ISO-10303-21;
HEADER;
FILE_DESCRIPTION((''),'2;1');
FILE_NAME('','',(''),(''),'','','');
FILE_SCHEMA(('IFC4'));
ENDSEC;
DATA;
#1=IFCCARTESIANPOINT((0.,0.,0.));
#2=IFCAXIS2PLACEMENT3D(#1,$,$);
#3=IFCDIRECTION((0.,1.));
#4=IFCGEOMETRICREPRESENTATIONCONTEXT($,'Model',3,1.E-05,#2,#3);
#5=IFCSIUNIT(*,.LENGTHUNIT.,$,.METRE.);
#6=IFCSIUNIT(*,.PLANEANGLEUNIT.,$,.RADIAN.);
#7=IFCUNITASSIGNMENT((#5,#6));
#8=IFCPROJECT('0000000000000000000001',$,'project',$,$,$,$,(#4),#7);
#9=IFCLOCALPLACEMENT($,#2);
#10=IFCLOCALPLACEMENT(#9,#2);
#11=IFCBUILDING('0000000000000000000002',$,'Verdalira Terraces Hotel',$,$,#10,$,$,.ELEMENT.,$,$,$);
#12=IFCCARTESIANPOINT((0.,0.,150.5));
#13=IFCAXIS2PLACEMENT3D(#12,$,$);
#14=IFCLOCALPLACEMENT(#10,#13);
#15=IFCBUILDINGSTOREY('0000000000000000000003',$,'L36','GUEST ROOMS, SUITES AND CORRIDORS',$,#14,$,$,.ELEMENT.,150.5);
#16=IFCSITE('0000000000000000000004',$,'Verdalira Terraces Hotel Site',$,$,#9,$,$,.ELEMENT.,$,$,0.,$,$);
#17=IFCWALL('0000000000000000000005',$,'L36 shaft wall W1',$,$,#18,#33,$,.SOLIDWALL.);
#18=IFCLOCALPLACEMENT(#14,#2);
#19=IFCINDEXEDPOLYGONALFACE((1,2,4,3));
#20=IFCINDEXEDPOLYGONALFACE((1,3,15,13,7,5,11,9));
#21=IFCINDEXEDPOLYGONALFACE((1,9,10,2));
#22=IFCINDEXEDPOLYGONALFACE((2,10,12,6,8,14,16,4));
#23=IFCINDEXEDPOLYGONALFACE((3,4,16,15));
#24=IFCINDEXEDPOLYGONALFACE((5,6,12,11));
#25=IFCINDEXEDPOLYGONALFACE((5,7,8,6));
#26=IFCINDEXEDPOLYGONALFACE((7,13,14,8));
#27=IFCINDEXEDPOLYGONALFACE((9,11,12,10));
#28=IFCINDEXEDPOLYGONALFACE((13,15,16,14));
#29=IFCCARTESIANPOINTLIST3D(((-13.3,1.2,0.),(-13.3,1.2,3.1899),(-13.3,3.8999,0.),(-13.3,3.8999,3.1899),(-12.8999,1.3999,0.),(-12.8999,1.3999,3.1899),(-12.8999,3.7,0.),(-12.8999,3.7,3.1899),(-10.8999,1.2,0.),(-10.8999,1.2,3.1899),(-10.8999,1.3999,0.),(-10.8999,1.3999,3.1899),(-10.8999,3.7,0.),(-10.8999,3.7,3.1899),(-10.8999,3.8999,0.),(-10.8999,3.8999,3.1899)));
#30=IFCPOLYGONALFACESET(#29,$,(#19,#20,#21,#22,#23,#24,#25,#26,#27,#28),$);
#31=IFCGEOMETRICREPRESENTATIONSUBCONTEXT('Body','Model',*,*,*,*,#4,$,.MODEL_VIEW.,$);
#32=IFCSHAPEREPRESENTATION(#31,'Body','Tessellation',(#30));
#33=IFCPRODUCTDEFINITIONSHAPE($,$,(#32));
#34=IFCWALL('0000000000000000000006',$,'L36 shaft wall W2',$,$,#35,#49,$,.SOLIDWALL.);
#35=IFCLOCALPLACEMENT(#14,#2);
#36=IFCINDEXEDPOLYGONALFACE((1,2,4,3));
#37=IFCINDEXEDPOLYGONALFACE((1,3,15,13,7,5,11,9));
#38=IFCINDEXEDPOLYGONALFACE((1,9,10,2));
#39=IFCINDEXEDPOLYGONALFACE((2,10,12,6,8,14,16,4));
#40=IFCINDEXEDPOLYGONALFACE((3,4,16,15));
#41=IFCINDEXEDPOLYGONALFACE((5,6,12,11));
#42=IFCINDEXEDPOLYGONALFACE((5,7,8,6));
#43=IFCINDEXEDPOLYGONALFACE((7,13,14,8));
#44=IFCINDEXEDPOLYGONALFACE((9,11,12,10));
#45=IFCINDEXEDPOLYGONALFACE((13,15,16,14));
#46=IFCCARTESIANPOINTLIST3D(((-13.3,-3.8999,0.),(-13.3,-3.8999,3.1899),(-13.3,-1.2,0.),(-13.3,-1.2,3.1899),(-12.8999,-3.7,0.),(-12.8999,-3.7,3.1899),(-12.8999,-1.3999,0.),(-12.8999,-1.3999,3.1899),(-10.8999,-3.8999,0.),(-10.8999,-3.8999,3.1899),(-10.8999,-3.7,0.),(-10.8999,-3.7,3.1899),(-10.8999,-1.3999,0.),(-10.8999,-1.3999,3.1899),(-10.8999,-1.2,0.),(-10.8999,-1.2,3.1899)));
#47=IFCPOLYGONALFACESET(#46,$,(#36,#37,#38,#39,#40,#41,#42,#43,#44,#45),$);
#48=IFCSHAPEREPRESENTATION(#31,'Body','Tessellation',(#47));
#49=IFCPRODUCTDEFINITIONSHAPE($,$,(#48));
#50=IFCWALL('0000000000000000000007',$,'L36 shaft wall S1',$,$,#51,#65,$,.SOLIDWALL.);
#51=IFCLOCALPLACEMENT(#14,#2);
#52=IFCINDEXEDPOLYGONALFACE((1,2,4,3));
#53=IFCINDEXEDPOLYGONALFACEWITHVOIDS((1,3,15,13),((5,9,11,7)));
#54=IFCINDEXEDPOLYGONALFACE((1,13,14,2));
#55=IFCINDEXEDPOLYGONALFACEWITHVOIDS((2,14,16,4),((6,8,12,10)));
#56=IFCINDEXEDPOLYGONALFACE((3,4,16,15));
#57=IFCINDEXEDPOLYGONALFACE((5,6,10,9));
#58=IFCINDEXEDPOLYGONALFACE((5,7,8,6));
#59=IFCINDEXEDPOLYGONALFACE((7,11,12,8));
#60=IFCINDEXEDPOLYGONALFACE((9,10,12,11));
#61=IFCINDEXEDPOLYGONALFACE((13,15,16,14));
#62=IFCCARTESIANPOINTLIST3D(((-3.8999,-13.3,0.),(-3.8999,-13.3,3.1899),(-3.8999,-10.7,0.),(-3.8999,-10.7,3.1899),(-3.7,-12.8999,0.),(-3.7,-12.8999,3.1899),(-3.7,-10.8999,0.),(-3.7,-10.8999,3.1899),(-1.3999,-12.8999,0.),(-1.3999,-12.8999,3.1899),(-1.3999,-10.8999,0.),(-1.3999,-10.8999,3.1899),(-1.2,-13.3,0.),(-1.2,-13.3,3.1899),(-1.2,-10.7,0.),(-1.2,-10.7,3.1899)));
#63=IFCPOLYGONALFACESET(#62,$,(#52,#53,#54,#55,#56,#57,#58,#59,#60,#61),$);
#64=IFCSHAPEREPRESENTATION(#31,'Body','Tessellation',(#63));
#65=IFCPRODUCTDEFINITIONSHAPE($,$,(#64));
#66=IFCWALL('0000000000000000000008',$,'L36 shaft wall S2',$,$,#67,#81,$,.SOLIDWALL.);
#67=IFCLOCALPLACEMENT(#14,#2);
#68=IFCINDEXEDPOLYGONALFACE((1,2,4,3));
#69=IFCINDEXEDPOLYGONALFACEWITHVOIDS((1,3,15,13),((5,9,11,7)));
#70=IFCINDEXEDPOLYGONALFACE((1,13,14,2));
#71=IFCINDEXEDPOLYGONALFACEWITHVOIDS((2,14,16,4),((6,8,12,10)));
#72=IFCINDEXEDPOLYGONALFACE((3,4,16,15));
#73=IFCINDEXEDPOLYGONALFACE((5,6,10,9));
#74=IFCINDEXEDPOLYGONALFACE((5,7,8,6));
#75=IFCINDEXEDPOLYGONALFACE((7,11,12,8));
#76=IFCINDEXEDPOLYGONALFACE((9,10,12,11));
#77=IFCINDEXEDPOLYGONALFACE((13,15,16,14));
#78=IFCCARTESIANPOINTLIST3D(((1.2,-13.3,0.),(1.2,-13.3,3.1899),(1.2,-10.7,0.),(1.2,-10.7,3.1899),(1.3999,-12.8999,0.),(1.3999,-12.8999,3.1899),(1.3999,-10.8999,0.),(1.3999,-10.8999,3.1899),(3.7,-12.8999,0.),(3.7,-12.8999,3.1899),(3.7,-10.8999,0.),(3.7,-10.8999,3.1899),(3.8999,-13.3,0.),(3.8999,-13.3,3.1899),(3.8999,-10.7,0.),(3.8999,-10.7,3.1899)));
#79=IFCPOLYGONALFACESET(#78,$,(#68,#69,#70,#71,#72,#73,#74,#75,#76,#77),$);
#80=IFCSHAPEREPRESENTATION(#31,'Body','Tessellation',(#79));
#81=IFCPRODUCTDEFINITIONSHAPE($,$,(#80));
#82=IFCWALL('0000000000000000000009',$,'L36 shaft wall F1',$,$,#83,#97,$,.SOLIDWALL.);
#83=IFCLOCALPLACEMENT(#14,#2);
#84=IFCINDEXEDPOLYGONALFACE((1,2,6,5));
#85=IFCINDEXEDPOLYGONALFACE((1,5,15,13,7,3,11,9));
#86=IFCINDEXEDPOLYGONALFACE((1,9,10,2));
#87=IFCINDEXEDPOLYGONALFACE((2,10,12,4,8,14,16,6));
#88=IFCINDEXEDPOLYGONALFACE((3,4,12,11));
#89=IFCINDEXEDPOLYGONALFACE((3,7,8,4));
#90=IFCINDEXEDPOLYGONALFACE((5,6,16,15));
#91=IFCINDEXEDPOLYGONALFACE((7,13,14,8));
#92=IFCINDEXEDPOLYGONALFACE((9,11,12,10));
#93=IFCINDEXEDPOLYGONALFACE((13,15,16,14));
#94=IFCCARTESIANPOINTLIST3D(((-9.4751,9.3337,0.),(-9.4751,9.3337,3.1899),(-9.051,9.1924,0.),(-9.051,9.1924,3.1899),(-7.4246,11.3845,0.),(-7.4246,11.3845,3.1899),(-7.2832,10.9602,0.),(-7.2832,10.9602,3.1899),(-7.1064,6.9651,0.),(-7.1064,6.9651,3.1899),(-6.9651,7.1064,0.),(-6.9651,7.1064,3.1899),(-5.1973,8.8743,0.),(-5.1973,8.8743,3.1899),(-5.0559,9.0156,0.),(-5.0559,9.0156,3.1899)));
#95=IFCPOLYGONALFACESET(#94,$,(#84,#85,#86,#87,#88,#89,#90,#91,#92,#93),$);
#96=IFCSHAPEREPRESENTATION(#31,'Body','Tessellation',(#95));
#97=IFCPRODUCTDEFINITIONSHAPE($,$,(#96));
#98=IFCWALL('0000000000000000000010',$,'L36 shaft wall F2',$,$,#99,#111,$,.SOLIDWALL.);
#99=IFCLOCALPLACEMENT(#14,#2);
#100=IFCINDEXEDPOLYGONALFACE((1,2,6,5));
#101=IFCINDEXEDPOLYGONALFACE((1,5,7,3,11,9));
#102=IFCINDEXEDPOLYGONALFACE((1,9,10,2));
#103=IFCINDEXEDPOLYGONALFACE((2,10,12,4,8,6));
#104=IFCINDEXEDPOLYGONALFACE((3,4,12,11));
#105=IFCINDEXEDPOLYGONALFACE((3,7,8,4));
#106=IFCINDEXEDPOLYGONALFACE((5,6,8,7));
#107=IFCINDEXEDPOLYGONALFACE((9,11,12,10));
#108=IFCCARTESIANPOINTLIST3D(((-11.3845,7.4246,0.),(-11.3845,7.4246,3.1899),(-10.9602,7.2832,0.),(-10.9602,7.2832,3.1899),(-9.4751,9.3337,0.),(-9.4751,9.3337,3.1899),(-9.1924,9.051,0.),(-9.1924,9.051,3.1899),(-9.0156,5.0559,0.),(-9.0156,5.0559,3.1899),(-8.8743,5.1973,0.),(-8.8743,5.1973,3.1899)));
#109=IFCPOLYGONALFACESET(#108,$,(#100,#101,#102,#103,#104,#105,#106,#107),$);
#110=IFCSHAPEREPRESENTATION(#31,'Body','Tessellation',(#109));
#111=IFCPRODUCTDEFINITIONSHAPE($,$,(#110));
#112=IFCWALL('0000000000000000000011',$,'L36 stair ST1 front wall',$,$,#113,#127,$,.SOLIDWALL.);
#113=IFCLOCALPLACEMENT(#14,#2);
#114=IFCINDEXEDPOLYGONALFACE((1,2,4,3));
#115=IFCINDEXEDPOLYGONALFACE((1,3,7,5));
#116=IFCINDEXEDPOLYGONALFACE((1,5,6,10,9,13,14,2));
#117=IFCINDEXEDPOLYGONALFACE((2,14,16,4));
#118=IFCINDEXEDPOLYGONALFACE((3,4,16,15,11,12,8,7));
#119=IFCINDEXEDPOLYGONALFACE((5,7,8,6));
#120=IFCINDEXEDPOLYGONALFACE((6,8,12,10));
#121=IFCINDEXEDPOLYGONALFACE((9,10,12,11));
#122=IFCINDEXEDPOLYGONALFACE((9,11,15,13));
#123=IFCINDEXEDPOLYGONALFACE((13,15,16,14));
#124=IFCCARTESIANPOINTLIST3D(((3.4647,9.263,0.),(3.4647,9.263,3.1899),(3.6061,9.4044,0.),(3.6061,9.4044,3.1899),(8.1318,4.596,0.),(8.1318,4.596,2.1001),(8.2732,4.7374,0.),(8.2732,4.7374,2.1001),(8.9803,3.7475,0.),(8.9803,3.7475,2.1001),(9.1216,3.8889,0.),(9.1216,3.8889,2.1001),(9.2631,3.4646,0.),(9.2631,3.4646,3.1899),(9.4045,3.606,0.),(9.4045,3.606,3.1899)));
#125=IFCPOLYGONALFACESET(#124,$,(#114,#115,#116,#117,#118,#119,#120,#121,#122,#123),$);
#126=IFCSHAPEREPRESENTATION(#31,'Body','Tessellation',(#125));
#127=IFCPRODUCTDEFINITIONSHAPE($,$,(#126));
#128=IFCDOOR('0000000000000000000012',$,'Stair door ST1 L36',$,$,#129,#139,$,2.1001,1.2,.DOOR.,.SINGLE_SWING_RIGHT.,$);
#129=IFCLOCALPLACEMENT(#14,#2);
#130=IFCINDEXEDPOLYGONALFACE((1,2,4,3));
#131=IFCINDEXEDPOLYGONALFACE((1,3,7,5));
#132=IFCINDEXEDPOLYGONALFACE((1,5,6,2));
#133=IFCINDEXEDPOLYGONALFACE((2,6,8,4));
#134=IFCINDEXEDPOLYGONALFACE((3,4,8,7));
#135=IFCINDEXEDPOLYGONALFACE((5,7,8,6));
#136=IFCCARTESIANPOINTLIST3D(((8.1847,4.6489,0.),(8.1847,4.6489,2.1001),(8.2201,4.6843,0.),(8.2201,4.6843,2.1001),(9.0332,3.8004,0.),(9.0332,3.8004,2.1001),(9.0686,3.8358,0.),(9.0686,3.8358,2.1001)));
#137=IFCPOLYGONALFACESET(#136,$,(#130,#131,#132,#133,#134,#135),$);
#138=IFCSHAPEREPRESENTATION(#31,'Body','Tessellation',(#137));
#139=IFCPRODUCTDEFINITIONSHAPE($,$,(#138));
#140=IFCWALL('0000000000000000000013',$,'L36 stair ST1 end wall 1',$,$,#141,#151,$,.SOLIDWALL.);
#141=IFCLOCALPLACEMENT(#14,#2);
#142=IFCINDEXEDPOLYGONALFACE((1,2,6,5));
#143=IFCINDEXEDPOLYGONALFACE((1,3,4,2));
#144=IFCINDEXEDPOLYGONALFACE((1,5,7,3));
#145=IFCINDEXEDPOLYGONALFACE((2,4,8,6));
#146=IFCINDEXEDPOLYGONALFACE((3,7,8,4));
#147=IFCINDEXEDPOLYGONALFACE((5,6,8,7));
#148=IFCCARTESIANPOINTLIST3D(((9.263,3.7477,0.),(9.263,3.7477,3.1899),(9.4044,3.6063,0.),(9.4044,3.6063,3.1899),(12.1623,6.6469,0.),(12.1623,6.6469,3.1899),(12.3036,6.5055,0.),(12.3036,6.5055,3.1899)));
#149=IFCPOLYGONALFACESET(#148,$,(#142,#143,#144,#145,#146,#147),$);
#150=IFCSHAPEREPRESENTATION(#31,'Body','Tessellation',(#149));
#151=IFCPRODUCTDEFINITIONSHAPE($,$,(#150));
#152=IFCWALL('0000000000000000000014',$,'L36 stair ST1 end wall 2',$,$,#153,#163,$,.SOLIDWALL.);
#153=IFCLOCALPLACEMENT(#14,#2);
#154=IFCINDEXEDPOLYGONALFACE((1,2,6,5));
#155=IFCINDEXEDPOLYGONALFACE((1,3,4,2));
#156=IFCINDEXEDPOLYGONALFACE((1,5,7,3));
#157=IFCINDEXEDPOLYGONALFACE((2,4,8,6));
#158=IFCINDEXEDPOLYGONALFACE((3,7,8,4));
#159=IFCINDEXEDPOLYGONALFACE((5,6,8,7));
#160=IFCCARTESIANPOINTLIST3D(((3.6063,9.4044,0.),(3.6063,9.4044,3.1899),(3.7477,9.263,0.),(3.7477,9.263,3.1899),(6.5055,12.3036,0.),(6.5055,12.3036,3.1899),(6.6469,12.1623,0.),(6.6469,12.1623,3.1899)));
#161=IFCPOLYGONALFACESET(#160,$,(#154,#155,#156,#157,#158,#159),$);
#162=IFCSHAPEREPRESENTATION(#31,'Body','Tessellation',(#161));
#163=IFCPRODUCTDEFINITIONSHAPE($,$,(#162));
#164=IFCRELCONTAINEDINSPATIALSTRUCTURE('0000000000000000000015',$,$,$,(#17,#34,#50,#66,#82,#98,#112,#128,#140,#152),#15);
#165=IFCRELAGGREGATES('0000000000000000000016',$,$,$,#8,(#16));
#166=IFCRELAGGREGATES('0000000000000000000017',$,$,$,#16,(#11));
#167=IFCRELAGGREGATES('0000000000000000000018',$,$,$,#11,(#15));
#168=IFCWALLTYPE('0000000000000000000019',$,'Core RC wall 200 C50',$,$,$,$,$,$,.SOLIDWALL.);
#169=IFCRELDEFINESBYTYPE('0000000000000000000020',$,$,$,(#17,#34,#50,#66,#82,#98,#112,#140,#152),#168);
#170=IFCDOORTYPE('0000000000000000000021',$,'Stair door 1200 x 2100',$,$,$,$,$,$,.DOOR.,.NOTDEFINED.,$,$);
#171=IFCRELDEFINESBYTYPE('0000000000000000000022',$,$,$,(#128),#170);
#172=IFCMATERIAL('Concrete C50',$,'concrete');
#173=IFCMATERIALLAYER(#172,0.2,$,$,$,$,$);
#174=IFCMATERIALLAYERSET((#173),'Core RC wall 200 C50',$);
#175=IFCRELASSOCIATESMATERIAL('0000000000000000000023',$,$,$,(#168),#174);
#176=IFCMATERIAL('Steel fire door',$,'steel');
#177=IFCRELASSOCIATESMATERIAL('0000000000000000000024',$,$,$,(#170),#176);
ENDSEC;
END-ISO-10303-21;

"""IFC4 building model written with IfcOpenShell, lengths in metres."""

from ifc_helpers import new_model, si_unit, direction, frame, frame_2d, origin, place, context, subcontext, project, spatial, polyline, rectangle, outline, extrude, material, layer, layer_set, type_object, element, fill, save


model = new_model("IFC4")

# Units and contexts
model_context = context("Model", 3, precision=1e-05, world=origin(), true_north=direction((0.0, 1.0)))
body_context = subcontext(model_context, "Body", "Model", "MODEL_VIEW")
ifc_project = project(units=[si_unit("LENGTHUNIT", "METRE"), si_unit("PLANEANGLEUNIT", "RADIAN")], contexts=[model_context])

# Site, building, storey
site_placement = place(None, origin())
site = spatial("IfcSite", under=ifc_project, at=site_placement, Name="Verdalira Terraces Hotel Site", CompositionType="ELEMENT", RefElevation=0.0)
building_placement = place(site_placement, origin())
building = spatial("IfcBuilding", under=site, at=building_placement, Name="Verdalira Terraces Hotel", CompositionType="ELEMENT")
storey_placement = place(building_placement, frame((0.0, 0.0, 150.5)))
storey = spatial("IfcBuildingStorey", under=building, at=storey_placement, Name="L36", Description="GUEST ROOMS, SUITES AND CORRIDORS", CompositionType="ELEMENT", Elevation=150.5)

# Shared definitions
ifc_material_1 = material(Name="Concrete C50", Category="concrete")
ifc_layer_1 = layer(ifc_material_1, 0.2)
ifc_layer_set_1 = layer_set([ifc_layer_1], Name="Core RC wall 200 C50")
wall_type_1 = type_object("IfcWallType", Name="Core RC wall 200 C50", PredefinedType="SOLIDWALL", material=ifc_layer_set_1)

# Walls
wall_1_placement = place(storey_placement, origin())
element("IfcWall", 1, at=wall_1_placement, inside=storey, type_object=wall_type_1, Name="L36 shaft wall W1", PredefinedType="SOLIDWALL", context=body_context, shape_type="SweptSolid", body=[
    extrude(outline(polyline([(-13.3, 3.8999), (-10.8999, 3.8999), (-10.8999, 3.7), (-12.8999, 3.7), (-12.8999, 1.3999), (-10.8999, 1.3999), (-10.8999, 1.2), (-13.3, 1.2), (-13.3, 3.8999)])), origin(), (0.0, 0.0, 1.0), 3.1899),
])
wall_2_placement = place(storey_placement, origin())
element("IfcWall", 2, at=wall_2_placement, inside=storey, type_object=wall_type_1, Name="L36 shaft wall W2", PredefinedType="SOLIDWALL", context=body_context, shape_type="SweptSolid", body=[
    extrude(outline(polyline([(-13.3, -3.8999), (-13.3, -1.2), (-10.8999, -1.2), (-10.8999, -1.3999), (-12.8999, -1.3999), (-12.8999, -3.7), (-10.8999, -3.7), (-10.8999, -3.8999), (-13.3, -3.8999)])), origin(), (0.0, 0.0, 1.0), 3.1899),
])
wall_3_placement = place(storey_placement, origin())
element("IfcWall", 3, at=wall_3_placement, inside=storey, type_object=wall_type_1, Name="L36 shaft wall S1", PredefinedType="SOLIDWALL", context=body_context, shape_type="SweptSolid", body=[
    extrude(outline(polyline([(-1.2, -13.3), (-3.8999, -13.3), (-3.8999, -10.7), (-1.2, -10.7), (-1.2, -13.3)]), holes=[polyline([(-3.7, -10.8999), (-3.7, -12.8999), (-1.3999, -12.8999), (-1.3999, -10.8999), (-3.7, -10.8999)])]), origin(), (0.0, 0.0, 1.0), 3.1899),
])
wall_4_placement = place(storey_placement, origin())
element("IfcWall", 4, at=wall_4_placement, inside=storey, type_object=wall_type_1, Name="L36 shaft wall S2", PredefinedType="SOLIDWALL", context=body_context, shape_type="SweptSolid", body=[
    extrude(outline(polyline([(3.8999, -10.7), (3.8999, -13.3), (1.2, -13.3), (1.2, -10.7), (3.8999, -10.7)]), holes=[polyline([(1.3999, -12.8999), (3.7, -12.8999), (3.7, -10.8999), (1.3999, -10.8999), (1.3999, -12.8999)])]), origin(), (0.0, 0.0, 1.0), 3.1899),
])
wall_5_placement = place(storey_placement, origin())
element("IfcWall", 5, at=wall_5_placement, inside=storey, type_object=wall_type_1, Name="L36 shaft wall F1", PredefinedType="SOLIDWALL", context=body_context, shape_type="SweptSolid", body=[
    extrude(outline(polyline([(-9.4751, 9.3337), (-7.4246, 11.3845), (-5.0559, 9.0156), (-5.1973, 8.8743), (-7.2832, 10.9602), (-9.051, 9.1924), (-6.9651, 7.1064), (-7.1064, 6.9651), (-9.4751, 9.3337)])), origin(), (0.0, 0.0, 1.0), 3.1899),
])
wall_6_placement = place(storey_placement, origin())
element("IfcWall", 6, at=wall_6_placement, inside=storey, type_object=wall_type_1, Name="L36 shaft wall F2", PredefinedType="SOLIDWALL", context=body_context, shape_type="SweptSolid", body=[
    extrude(outline(polyline([(-11.3845, 7.4246), (-9.4751, 9.3337), (-9.1924, 9.051), (-10.9602, 7.2832), (-8.8743, 5.1973), (-9.0156, 5.0559), (-11.3845, 7.4246)])), origin(), (0.0, 0.0, 1.0), 3.1899),
])

# Wall, opening, door
wall_7_placement = place(storey_placement, frame((3.5354, 9.3337, 0.0), z_axis=(0.0, 0.0, 1.0), x_axis=(0.707107, -0.707107, 0.0)))
wall_7 = element("IfcWall", 7, at=wall_7_placement, inside=storey, type_object=wall_type_1, Name="L36 stair ST1 front wall", PredefinedType="SOLIDWALL", context=body_context, shape_type="SweptSolid", body=[
    extrude(rectangle(XDim=8.2002, YDim=0.2, at=frame_2d((4.1001, 0.0))), origin(), (0.0, 0.0, 1.0), 3.1899),
])
opening_1_placement = place(wall_7_placement, frame((6.6001, 0.0, 0.0)))
opening_1 = element("IfcOpeningElement", 8, at=opening_1_placement, cuts=wall_7, PredefinedType="OPENING", context=body_context, shape_type="SweptSolid", body=[
    extrude(rectangle(XDim=1.2, YDim=2.1001, at=frame_2d((0.6001, 1.05))), frame((0.0, 0.1099, 0.0), z_axis=(0.0, -1.0, 0.0), x_axis=(1.0, 0.0, 0.0)), (0.0, 0.0, 1.0), 0.22),
])
ifc_material_2 = material(Name="Steel fire door", Category="steel")
door_type_1 = type_object("IfcDoorType", Name="Stair door 1200 x 2100", OperationType="NOTDEFINED", PredefinedType="DOOR", material=ifc_material_2)
door_1_placement = place(opening_1_placement, origin())
door_1 = element("IfcDoor", 9, at=door_1_placement, inside=storey, type_object=door_type_1, Name="Stair door ST1 L36", OperationType="SINGLE_SWING_RIGHT", OverallHeight=2.1001, OverallWidth=1.2, PredefinedType="DOOR", context=body_context, shape_type="SweptSolid", body=[
    extrude(rectangle(XDim=1.2, YDim=2.1001, at=frame_2d((0.6001, 1.05))), frame((0.0, 0.0249, 0.0), z_axis=(0.0, -1.0, 0.0), x_axis=(1.0, 0.0, 0.0)), (0.0, 0.0, 1.0), 0.05),
])
fill(opening_1, door_1)

# Walls
for number, where, z_axis, x_axis, name in (
    (10, (9.3337, 3.677, 0.0), (0.0, 0.0, 1.0), (0.707107, 0.707107, 0.0), "L36 stair ST1 end wall 1"),
    (11, (3.677, 9.3337, 0.0), (0.0, 0.0, 1.0), (0.707107, 0.707107, 0.0), "L36 stair ST1 end wall 2"),
):
    element("IfcWall", number, at=place(storey_placement, frame(where, z_axis=z_axis, x_axis=x_axis)), inside=storey, type_object=wall_type_1, Name=name, PredefinedType="SOLIDWALL", context=body_context, shape_type="SweptSolid", body=[
        extrude(rectangle(XDim=4.1001, YDim=0.2, at=frame_2d((2.05, 0.0))), origin(), (0.0, 0.0, 1.0), 3.1899),
    ])

save(model, "model.ifc")
